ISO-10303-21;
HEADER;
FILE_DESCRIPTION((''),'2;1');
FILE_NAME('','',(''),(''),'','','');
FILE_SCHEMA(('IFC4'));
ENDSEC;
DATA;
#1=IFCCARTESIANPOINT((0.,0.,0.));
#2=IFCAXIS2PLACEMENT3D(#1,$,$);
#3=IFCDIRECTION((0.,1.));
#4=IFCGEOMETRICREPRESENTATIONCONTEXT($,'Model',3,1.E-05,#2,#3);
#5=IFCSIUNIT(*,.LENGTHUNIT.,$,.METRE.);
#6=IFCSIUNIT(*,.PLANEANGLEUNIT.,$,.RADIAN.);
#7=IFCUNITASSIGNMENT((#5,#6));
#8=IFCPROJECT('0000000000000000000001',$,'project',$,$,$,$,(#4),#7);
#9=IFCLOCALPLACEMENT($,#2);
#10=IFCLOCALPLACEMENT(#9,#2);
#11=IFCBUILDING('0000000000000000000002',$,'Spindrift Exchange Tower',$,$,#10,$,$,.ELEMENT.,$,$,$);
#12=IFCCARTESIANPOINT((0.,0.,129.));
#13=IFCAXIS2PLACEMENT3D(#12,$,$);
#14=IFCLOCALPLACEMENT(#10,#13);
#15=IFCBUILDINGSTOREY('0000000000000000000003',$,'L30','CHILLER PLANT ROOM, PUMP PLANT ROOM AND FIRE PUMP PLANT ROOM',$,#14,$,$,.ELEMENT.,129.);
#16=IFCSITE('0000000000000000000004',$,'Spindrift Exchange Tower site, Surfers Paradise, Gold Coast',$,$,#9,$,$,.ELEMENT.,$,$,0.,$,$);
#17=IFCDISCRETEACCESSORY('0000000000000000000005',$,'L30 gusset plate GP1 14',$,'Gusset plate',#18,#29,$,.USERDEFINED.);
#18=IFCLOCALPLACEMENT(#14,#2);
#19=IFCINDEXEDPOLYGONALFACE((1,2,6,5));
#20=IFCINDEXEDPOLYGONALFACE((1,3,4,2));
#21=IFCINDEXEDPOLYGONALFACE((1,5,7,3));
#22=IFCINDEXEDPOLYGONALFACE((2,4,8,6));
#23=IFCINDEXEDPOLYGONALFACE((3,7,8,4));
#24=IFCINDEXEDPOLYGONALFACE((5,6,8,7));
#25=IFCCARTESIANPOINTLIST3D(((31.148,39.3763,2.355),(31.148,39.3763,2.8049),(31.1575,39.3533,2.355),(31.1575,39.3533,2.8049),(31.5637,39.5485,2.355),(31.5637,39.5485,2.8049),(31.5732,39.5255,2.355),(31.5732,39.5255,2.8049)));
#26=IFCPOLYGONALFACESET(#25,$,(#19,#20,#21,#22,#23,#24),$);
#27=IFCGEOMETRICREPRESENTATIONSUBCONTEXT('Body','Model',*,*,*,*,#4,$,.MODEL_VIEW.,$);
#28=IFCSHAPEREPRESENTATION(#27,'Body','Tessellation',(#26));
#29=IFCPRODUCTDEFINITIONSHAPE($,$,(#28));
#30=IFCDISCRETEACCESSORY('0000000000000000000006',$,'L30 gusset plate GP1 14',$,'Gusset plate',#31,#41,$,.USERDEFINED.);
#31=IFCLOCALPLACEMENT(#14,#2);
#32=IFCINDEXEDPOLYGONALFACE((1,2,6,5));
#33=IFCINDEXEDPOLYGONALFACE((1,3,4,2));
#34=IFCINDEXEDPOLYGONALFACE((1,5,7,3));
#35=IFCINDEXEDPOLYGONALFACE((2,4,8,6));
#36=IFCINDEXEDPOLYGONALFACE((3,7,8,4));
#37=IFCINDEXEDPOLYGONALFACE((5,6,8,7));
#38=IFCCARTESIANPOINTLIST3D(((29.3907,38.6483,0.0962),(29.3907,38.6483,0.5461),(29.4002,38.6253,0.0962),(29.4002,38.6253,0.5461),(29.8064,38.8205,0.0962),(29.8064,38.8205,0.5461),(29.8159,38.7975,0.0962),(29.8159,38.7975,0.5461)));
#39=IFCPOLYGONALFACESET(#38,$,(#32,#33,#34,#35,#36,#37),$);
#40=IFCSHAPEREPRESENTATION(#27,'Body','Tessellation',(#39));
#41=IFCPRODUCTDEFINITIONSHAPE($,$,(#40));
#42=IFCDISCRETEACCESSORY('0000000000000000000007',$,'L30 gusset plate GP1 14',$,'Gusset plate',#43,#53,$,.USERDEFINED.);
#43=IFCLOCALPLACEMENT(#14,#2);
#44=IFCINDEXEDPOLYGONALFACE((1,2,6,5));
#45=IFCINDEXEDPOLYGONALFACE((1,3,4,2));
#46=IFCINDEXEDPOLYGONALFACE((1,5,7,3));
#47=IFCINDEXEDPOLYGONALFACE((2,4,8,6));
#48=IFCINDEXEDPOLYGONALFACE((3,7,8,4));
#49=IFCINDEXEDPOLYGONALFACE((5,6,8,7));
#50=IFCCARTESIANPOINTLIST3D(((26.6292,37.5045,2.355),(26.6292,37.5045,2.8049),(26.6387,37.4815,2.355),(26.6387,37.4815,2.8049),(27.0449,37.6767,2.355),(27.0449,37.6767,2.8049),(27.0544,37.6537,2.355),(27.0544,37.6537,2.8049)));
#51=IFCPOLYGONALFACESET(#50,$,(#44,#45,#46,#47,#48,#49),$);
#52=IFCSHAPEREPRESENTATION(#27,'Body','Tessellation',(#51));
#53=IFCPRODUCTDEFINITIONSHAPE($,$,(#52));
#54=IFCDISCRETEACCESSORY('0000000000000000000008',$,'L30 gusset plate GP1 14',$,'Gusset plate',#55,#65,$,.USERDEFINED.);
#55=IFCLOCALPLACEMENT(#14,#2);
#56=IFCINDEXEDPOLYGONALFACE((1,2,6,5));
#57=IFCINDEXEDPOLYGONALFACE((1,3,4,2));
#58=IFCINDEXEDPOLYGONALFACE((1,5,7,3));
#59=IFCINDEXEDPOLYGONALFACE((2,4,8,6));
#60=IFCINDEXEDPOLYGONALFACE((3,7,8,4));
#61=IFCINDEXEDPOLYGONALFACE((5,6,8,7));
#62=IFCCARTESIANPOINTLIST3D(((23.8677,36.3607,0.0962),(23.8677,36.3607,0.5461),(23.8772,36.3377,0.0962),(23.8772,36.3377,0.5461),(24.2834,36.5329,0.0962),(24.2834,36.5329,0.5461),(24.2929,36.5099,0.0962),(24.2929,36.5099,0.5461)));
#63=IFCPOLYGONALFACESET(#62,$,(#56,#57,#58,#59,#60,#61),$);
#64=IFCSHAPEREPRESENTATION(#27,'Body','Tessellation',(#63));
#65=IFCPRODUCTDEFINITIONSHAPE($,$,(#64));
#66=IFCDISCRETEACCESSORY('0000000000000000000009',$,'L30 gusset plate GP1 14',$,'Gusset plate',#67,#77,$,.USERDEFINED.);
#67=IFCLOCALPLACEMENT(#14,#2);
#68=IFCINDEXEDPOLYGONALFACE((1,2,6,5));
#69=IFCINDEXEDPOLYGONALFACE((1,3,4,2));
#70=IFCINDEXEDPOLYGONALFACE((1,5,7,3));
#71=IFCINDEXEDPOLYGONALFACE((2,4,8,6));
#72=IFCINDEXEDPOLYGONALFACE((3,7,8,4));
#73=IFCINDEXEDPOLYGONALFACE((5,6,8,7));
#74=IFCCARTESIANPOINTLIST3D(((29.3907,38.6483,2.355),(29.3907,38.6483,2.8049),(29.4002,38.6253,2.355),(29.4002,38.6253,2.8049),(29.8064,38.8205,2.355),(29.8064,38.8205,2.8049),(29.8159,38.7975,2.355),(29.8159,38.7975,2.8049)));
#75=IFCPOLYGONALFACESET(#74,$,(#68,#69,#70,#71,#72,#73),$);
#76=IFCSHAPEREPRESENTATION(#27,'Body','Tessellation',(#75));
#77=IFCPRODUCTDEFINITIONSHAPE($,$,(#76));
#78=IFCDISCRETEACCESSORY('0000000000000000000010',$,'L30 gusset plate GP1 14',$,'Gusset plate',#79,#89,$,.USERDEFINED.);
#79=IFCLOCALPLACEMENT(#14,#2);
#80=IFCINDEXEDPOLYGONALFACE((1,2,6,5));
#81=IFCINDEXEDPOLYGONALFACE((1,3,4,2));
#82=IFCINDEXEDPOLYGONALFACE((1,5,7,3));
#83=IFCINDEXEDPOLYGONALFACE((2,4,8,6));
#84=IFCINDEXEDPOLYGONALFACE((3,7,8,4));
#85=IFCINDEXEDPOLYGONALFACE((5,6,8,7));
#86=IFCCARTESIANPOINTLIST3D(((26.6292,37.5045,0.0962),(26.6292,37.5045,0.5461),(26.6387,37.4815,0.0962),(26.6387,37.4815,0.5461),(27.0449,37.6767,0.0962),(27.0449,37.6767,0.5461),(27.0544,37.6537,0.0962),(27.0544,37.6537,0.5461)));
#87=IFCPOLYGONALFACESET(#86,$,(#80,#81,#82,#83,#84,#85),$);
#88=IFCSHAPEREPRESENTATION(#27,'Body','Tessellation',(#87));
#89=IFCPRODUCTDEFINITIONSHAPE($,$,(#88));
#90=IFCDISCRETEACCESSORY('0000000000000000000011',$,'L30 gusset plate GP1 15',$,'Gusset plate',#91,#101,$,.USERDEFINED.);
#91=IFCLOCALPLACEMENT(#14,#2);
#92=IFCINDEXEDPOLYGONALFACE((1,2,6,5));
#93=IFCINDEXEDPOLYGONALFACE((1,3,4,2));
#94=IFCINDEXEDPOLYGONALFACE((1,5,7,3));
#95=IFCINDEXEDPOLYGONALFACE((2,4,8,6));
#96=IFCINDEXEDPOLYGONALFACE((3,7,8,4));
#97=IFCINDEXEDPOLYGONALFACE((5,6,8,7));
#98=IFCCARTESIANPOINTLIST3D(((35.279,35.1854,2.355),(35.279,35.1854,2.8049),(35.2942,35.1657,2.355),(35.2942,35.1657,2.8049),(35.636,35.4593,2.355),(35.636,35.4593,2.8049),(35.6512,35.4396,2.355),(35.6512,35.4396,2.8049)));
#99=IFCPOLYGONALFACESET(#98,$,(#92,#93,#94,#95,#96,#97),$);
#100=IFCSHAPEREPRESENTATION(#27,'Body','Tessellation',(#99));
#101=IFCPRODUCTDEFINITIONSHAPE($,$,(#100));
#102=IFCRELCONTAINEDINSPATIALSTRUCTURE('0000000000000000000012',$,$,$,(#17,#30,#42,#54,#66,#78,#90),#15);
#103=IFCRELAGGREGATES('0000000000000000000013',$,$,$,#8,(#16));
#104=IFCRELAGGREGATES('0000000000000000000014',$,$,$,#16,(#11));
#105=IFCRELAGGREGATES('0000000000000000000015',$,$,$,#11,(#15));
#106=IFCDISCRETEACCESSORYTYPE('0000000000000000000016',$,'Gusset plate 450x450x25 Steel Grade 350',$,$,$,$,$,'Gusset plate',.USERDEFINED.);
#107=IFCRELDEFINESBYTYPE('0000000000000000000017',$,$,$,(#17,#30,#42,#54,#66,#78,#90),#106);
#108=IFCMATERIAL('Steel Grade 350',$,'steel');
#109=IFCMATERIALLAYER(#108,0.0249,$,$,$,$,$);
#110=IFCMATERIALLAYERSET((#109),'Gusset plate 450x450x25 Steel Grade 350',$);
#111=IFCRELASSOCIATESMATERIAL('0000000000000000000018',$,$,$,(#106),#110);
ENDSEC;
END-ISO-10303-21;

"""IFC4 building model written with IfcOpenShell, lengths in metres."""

from ifc_helpers import new_model, si_unit, direction, frame, origin, origin_2d, place, context, subcontext, project, spatial, rectangle, extrude, source, transform, mapped, material, layer, layer_set, type_object, element, save


model = new_model("IFC4")

# Units and contexts
model_context = context("Model", 3, precision=1e-05, world=origin(), true_north=direction((0.0, 1.0)))
body_context = subcontext(model_context, "Body", "Model", "MODEL_VIEW")
ifc_project = project(units=[si_unit("LENGTHUNIT", "METRE"), si_unit("PLANEANGLEUNIT", "RADIAN")], contexts=[model_context])

# Site, building, storey
site_placement = place(None, origin())
site = spatial("IfcSite", under=ifc_project, at=site_placement, Name="Spindrift Exchange Tower site, Surfers Paradise, Gold Coast", CompositionType="ELEMENT", RefElevation=0.0)
building_placement = place(site_placement, origin())
building = spatial("IfcBuilding", under=site, at=building_placement, Name="Spindrift Exchange Tower", CompositionType="ELEMENT")
storey_placement = place(building_placement, frame((0.0, 0.0, 129.0)))
storey = spatial("IfcBuildingStorey", under=building, at=storey_placement, Name="L30", Description="CHILLER PLANT ROOM, PUMP PLANT ROOM AND FIRE PUMP PLANT ROOM", CompositionType="ELEMENT", Elevation=129.0)

# Discrete accessories
ifc_material_1 = material(Name="Steel Grade 350", Category="steel")
ifc_layer_1 = layer(ifc_material_1, 0.0249)
ifc_layer_set_1 = layer_set([ifc_layer_1], Name="Gusset plate 450x450x25 Steel Grade 350")
discrete_accessory_type = type_object("IfcDiscreteAccessoryType", Name="Gusset plate 450x450x25 Steel Grade 350", ElementType="Gusset plate", PredefinedType="USERDEFINED", material=ifc_layer_set_1)
shared_shape_1 = source(origin(), body_context, "Body", "SweptSolid", [
    extrude(rectangle(XDim=0.45, YDim=0.0249, at=origin_2d()), origin(), (0.0, 0.0, 1.0), 0.45),
])
for number, where, z_axis, x_axis, name in (
    (1, (31.3606, 39.4509, 2.355), (0.0, 0.0, 1.0), (-0.923887, -0.382666, 0.0), "L30 gusset plate GP1 14"),
    (2, (29.6033, 38.7229, 0.0962), (0.0, 0.0, 1.0), (-0.923887, -0.382666, 0.0), "L30 gusset plate GP1 14"),
    (3, (26.8418, 37.5791, 2.355), (0.0, 0.0, 1.0), (-0.923874, -0.382698, 0.0), "L30 gusset plate GP1 14"),
    (4, (24.0803, 36.4353, 0.0962), (0.0, 0.0, 1.0), (-0.923881, -0.38268, 0.0), "L30 gusset plate GP1 14"),
    (5, (29.6033, 38.7229, 2.355), (0.0, 0.0, 1.0), (-0.92388, -0.382683, 0.0), "L30 gusset plate GP1 14"),
    (6, (26.8418, 37.5791, 0.0962), (0.0, 0.0, 1.0), (-0.92388, -0.382683, 0.0), "L30 gusset plate GP1 14"),
    (7, (35.4651, 35.3125, 2.355), (0.0, 0.0, 1.0), (-0.793359, -0.608755, 0.0), "L30 gusset plate GP1 15"),
):
    element("IfcDiscreteAccessory", number, at=place(storey_placement, frame(where, z_axis=z_axis, x_axis=x_axis)), inside=storey, type_object=discrete_accessory_type, Name=name, ObjectType="Gusset plate", PredefinedType="USERDEFINED", context=body_context, shape_type="MappedRepresentation", body=[
        mapped(shared_shape_1, transform((0.0, 0.0, 0.0), scale=1.0)),
    ])

save(model, "model.ifc")
